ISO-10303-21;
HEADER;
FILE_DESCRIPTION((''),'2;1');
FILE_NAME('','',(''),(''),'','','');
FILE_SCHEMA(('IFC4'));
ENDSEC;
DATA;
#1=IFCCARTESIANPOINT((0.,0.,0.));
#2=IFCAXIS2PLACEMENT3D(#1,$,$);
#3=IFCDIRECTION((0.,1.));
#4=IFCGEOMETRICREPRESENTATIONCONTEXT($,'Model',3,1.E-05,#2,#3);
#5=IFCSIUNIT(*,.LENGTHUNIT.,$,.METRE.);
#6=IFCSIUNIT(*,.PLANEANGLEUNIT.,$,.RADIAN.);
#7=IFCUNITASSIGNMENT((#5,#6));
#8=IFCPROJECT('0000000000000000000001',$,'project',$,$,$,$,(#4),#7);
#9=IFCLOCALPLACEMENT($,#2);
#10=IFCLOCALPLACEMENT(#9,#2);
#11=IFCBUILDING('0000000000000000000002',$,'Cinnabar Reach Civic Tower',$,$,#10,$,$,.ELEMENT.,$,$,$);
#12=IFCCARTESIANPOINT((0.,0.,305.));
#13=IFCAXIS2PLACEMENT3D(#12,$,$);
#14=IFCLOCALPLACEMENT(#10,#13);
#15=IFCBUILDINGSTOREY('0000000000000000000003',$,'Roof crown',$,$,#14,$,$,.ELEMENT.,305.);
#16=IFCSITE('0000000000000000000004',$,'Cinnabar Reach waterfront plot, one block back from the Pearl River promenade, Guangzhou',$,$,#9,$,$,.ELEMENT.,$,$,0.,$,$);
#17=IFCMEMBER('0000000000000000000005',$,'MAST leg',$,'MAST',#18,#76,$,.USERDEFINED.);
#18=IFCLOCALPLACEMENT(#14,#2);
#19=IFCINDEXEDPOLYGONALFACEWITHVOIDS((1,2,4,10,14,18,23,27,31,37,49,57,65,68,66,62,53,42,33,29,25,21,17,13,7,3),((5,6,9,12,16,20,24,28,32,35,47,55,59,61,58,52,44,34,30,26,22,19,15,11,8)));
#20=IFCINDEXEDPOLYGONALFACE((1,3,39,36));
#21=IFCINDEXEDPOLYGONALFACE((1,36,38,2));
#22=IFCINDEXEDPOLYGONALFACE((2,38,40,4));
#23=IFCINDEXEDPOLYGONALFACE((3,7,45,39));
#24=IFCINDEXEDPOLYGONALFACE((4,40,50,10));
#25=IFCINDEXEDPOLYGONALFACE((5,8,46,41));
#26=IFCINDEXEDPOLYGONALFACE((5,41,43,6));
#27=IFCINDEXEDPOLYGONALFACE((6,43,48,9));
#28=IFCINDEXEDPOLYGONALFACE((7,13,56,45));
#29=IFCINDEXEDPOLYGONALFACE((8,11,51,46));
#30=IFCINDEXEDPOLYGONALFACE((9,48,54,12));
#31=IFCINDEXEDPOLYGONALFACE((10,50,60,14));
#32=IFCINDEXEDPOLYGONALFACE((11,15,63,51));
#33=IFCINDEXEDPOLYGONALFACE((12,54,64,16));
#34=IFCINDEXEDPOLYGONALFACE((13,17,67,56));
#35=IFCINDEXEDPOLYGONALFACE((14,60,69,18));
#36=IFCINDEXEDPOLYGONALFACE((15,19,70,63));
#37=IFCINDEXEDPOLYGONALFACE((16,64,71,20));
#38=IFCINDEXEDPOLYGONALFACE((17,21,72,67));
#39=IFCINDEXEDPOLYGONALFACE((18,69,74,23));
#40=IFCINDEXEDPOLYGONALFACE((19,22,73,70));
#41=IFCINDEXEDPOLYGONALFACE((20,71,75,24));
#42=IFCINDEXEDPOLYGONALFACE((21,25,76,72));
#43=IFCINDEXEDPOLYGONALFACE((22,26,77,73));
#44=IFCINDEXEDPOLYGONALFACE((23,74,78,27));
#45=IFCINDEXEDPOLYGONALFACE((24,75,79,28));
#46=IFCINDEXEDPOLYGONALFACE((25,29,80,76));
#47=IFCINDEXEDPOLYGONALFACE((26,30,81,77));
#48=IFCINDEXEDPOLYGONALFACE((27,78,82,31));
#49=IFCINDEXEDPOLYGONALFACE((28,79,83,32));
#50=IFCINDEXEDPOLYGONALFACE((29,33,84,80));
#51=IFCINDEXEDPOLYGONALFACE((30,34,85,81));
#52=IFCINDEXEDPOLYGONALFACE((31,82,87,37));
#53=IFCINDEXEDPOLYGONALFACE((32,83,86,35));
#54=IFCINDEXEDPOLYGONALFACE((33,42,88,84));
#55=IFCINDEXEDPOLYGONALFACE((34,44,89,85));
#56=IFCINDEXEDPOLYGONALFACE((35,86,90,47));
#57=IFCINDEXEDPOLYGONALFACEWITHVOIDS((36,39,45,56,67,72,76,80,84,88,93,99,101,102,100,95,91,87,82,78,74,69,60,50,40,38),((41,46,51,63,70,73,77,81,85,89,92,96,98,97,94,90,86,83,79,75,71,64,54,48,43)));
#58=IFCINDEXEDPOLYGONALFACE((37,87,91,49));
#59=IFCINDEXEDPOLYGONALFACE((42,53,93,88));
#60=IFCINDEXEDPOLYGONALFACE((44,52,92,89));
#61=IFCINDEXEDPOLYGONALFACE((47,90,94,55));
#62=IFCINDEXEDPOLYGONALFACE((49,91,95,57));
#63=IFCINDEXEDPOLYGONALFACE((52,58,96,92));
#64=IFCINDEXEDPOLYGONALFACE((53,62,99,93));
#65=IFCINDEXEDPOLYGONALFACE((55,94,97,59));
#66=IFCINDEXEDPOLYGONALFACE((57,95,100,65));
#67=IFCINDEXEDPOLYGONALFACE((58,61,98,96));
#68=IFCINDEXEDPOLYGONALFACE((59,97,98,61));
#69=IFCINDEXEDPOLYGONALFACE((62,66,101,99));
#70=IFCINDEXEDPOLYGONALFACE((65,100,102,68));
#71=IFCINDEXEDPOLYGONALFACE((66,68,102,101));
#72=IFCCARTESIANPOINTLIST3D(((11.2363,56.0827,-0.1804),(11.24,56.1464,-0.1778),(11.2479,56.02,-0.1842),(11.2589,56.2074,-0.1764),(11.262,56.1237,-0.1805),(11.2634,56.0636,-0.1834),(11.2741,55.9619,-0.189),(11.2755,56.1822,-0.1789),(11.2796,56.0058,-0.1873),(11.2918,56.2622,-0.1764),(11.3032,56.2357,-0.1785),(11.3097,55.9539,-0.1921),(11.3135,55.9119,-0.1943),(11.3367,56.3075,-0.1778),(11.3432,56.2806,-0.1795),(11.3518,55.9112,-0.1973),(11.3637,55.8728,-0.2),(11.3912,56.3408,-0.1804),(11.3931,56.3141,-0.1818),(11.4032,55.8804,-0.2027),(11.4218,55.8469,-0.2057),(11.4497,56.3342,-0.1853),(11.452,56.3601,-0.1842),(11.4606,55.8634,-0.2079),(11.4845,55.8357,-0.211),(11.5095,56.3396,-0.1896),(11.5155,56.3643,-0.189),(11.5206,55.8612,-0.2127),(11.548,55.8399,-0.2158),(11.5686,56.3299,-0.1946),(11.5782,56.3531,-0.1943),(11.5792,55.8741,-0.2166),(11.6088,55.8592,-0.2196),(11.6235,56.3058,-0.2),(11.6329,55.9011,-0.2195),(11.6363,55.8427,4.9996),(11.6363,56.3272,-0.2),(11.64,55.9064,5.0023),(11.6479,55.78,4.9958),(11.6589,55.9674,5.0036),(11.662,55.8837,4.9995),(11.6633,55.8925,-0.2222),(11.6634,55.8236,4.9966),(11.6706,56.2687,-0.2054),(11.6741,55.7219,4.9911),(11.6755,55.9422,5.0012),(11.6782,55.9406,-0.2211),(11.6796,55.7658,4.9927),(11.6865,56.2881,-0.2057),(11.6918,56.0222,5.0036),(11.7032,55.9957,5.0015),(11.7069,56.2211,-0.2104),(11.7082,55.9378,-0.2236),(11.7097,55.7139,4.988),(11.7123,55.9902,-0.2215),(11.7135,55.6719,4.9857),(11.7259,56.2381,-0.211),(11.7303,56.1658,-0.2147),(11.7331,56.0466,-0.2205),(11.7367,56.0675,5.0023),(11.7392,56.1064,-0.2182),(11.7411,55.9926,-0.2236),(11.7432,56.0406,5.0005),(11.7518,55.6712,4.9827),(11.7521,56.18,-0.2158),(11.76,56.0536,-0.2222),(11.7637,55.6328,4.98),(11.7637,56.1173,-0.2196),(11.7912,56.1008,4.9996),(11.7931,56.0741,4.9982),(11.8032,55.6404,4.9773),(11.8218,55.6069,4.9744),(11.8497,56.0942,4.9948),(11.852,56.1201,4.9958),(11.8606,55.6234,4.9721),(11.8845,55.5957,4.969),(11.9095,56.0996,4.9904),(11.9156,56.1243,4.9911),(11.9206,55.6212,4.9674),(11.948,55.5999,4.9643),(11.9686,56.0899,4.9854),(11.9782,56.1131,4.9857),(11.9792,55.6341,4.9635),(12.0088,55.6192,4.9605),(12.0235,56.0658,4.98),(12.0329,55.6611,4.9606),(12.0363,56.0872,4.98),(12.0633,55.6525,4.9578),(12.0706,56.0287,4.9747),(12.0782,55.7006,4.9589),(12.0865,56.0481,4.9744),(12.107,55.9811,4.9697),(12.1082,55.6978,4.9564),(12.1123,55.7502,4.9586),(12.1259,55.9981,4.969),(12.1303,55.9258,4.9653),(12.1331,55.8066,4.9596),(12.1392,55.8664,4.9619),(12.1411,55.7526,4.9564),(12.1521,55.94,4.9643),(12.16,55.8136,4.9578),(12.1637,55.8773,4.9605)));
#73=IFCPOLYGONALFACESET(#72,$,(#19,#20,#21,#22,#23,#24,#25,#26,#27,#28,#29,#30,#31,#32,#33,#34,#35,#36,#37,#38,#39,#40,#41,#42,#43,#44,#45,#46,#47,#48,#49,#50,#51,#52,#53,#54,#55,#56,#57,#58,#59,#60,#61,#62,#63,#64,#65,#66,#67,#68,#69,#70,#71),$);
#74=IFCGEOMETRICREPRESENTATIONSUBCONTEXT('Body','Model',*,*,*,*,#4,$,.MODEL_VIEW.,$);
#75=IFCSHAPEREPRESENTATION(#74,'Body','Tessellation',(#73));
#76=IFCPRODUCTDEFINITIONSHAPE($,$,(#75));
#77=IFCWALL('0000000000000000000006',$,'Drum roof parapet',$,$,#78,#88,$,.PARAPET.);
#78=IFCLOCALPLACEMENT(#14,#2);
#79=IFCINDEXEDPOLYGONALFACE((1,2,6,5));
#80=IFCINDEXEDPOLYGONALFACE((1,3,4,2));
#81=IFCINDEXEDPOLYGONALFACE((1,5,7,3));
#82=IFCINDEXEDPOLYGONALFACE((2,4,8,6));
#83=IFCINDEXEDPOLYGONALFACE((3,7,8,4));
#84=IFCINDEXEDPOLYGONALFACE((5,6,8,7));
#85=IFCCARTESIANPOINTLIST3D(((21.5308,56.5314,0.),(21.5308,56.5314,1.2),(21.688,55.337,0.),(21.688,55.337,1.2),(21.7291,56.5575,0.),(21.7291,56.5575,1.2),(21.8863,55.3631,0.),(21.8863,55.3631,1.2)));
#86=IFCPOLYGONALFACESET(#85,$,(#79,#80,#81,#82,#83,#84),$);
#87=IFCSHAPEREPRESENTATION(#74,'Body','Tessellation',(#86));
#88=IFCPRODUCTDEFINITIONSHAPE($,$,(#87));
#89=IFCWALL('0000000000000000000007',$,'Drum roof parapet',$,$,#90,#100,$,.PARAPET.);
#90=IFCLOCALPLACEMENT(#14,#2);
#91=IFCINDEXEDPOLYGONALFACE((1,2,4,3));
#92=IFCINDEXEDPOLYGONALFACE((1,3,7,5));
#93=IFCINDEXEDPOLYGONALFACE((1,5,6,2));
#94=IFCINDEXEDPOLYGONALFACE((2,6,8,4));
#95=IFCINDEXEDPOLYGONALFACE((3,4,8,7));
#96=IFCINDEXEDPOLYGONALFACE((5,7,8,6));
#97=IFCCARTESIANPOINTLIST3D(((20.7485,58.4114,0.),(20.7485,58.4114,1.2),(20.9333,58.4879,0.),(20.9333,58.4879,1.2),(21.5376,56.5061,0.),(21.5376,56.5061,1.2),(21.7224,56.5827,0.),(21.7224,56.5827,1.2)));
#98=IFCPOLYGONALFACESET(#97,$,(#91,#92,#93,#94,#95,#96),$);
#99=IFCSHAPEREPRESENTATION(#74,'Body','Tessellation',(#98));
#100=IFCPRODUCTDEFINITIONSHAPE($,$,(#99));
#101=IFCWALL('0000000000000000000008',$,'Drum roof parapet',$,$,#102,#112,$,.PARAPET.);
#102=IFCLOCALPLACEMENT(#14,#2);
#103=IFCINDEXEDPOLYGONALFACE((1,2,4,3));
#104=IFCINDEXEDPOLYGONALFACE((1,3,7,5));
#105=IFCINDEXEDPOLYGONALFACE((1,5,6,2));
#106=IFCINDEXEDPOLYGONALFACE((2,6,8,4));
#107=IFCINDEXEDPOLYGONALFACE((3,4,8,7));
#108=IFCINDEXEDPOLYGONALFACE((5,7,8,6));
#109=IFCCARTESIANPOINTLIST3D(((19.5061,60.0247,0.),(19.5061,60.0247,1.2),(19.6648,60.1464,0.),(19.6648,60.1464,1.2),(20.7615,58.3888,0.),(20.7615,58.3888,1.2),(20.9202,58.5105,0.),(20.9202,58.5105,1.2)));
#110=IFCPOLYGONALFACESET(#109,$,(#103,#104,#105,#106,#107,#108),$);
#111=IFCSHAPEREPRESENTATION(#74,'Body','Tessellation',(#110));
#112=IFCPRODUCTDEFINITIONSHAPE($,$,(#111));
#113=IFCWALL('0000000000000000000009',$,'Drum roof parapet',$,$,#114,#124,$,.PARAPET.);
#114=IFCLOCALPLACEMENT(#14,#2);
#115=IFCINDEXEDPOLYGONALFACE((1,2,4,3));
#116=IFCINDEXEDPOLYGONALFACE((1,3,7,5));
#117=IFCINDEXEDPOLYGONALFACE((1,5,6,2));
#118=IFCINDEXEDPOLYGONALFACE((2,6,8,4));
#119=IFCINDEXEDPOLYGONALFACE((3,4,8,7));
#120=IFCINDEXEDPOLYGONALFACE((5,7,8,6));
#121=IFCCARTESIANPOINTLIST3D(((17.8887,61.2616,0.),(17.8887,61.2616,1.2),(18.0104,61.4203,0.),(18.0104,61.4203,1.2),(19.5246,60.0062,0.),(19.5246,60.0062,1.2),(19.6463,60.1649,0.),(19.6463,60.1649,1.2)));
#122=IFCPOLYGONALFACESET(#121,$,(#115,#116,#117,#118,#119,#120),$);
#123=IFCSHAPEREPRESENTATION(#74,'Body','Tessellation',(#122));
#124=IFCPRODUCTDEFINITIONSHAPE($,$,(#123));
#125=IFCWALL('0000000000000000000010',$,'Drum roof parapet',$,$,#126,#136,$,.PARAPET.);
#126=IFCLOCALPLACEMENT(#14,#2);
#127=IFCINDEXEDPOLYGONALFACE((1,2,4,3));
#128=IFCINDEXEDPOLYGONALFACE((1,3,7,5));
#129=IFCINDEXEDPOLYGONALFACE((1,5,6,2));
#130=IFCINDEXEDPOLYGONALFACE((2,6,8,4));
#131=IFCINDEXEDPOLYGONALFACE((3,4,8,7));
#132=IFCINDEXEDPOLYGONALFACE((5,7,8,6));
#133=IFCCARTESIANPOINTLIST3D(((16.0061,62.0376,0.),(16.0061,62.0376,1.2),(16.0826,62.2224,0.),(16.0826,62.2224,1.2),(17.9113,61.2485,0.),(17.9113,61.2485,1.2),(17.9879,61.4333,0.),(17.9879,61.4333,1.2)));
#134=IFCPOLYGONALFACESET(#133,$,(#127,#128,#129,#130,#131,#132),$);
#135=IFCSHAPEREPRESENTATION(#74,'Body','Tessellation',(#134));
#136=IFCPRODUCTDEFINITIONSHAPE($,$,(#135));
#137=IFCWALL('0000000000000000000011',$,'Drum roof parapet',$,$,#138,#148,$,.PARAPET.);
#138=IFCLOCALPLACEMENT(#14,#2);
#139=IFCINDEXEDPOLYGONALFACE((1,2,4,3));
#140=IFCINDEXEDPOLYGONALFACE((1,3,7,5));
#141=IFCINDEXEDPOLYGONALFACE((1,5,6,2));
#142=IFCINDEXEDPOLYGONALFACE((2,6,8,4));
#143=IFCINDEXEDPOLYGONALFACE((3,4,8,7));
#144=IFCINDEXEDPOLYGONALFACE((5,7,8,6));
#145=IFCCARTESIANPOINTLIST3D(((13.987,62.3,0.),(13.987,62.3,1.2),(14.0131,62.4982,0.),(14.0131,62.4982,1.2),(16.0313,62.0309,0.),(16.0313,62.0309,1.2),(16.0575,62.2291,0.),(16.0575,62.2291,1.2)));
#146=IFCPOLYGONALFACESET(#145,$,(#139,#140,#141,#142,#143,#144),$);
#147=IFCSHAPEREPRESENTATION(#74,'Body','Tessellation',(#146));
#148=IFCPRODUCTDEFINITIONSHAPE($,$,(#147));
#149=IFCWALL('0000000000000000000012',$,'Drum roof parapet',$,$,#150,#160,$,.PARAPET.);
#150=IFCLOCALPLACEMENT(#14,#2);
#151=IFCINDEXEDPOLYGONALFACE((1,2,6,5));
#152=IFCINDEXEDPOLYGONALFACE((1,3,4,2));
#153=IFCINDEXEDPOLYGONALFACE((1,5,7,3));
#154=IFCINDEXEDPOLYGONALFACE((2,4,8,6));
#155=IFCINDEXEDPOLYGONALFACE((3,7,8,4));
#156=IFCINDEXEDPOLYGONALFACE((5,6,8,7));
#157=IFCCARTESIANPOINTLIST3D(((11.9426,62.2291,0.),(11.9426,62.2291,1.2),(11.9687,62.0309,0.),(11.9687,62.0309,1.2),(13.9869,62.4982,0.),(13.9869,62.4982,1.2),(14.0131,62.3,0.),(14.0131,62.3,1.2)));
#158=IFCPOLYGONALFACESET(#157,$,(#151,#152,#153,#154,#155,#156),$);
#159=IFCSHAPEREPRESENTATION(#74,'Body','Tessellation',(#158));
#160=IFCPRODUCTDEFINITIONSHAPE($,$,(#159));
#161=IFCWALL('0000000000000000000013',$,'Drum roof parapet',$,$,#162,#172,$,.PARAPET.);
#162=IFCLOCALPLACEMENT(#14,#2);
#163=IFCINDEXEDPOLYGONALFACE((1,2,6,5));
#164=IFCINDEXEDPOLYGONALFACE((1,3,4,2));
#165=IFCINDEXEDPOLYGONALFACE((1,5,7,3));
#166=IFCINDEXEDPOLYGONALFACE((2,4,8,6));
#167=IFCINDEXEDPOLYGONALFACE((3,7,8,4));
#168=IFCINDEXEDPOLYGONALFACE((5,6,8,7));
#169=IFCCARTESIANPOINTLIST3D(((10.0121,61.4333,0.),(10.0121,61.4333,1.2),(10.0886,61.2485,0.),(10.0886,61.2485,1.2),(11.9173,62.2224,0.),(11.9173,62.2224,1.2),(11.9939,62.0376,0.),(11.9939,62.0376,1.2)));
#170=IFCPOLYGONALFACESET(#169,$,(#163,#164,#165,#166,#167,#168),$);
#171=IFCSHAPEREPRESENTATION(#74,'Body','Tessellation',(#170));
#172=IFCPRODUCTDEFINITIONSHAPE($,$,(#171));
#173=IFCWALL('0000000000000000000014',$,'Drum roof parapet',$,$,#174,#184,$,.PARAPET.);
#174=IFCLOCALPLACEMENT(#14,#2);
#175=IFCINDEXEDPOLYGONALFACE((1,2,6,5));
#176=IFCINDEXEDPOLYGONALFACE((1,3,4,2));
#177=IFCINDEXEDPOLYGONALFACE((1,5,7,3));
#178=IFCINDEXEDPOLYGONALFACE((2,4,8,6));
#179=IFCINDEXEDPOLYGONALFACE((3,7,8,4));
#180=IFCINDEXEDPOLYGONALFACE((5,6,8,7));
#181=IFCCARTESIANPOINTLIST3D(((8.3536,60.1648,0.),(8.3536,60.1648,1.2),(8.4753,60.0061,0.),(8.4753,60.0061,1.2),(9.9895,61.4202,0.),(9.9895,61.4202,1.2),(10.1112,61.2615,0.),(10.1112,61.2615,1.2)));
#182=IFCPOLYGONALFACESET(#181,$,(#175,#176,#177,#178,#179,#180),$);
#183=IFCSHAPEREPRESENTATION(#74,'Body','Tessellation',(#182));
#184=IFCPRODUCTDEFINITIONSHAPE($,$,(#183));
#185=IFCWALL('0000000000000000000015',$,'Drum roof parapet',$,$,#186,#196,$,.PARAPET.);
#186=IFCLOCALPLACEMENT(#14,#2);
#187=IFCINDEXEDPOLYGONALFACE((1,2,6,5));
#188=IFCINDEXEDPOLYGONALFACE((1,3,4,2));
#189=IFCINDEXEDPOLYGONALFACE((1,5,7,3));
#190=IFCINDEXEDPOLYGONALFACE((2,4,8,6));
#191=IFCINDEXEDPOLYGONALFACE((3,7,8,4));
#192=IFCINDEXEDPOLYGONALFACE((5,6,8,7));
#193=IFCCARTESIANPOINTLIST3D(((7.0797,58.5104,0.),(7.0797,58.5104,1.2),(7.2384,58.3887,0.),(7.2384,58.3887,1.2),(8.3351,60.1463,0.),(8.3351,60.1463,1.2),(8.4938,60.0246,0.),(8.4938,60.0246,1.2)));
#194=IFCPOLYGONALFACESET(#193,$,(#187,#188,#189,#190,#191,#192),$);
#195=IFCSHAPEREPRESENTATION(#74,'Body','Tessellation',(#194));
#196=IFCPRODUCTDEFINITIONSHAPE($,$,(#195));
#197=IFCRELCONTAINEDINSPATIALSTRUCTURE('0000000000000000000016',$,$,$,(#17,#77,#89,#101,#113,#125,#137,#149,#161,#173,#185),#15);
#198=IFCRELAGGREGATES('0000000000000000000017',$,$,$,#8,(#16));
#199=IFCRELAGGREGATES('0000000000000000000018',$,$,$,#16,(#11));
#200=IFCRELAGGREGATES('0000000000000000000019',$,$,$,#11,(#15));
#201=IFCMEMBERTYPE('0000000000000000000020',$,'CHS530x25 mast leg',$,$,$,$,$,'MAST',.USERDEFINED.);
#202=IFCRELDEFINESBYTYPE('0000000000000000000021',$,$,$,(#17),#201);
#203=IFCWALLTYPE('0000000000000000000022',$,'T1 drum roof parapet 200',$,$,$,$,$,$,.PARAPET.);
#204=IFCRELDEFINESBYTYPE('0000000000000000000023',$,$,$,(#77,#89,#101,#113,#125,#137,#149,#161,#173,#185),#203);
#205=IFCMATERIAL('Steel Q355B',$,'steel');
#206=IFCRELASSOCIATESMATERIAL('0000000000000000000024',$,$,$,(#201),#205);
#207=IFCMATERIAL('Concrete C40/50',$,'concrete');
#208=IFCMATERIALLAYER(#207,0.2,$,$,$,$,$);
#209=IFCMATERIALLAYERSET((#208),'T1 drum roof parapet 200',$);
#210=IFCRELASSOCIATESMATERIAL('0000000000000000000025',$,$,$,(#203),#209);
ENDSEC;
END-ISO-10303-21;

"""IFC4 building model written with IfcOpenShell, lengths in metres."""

from ifc_helpers import new_model, si_unit, direction, frame, frame_2d, origin, origin_2d, place, context, subcontext, project, spatial, rectangle, hollow_circle, extrude, material, layer, layer_set, material_profile, profile_set, type_object, element, save


model = new_model("IFC4")

# Units and contexts
model_context = context("Model", 3, precision=1e-05, world=origin(), true_north=direction((0.0, 1.0)))
body_context = subcontext(model_context, "Body", "Model", "MODEL_VIEW")
ifc_project = project(units=[si_unit("LENGTHUNIT", "METRE"), si_unit("PLANEANGLEUNIT", "RADIAN")], contexts=[model_context])

# Site, building, storey
site_placement = place(None, origin())
site = spatial("IfcSite", under=ifc_project, at=site_placement, Name="Cinnabar Reach waterfront plot, one block back from the Pearl River promenade, Guangzhou", CompositionType="ELEMENT", RefElevation=0.0)
building_placement = place(site_placement, origin())
building = spatial("IfcBuilding", under=site, at=building_placement, Name="Cinnabar Reach Civic Tower", CompositionType="ELEMENT")
storey_placement = place(building_placement, frame((0.0, 0.0, 305.0)))
storey = spatial("IfcBuildingStorey", under=building, at=storey_placement, Name="Roof crown", CompositionType="ELEMENT", Elevation=305.0)

# Member
ifc_material_1 = material(Name="Steel Q355B", Category="steel")
ifc_material_profile_1 = material_profile(ifc_material_1, hollow_circle(Radius=0.265, WallThickness=0.025, at=origin_2d()), Name="CHS530x25")
ifc_profile_set_1 = profile_set([ifc_material_profile_1], Name="Steel Q355B")
member_type_1 = type_object("IfcMemberType", Name="CHS530x25 mast leg", ElementType="MAST", PredefinedType="USERDEFINED", material=ifc_profile_set_1)
for number, where, z_axis, x_axis, name in (
    (1, (11.5, 56.1, -0.2), (0.076909, -0.046145, 0.99597), (0.514496, 0.857493, 0.0), "MAST leg"),
):
    element("IfcMember", number, at=place(storey_placement, frame(where, z_axis=z_axis, x_axis=x_axis)), inside=storey, type_object=member_type_1, Name=name, ObjectType="MAST", PredefinedType="USERDEFINED", context=body_context, shape_type="SweptSolid", body=[
        extrude(hollow_circle(Radius=0.265, WallThickness=0.025, at=origin_2d()), origin(), (0.0, 0.0, 1.0), 5.201),
    ])

# Walls
ifc_material_2 = material(Name="Concrete C40/50", Category="concrete")
ifc_layer = layer(ifc_material_2, 0.2)
ifc_layer_set = layer_set([ifc_layer], Name="T1 drum roof parapet 200")
wall_type = type_object("IfcWallType", Name="T1 drum roof parapet 200", PredefinedType="PARAPET", material=ifc_layer_set)
wall_1_placement = place(storey_placement, frame((21.7872, 55.35, 0.0), z_axis=(0.0, 0.0, 1.0), x_axis=(-0.130489, 0.99145, 0.0)))
element("IfcWall", 2, at=wall_1_placement, inside=storey, type_object=wall_type, Name="Drum roof parapet", PredefinedType="PARAPET", context=body_context, shape_type="SweptSolid", body=[
    extrude(rectangle(XDim=1.2047, YDim=0.2, at=frame_2d((0.6024, 0.0))), origin(), (0.0, 0.0, 1.0), 1.2),
])
wall_2_placement = place(storey_placement, frame((21.63, 56.5444, 0.0), z_axis=(0.0, 0.0, 1.0), x_axis=(-0.382659, 0.92389, 0.0)))
element("IfcWall", 3, at=wall_2_placement, inside=storey, type_object=wall_type, Name="Drum roof parapet", PredefinedType="PARAPET", context=body_context, shape_type="SweptSolid", body=[
    extrude(rectangle(XDim=2.0622, YDim=0.2, at=frame_2d((1.0311, 0.0))), origin(), (0.0, 0.0, 1.0), 1.2),
])
for number, where, z_axis, x_axis, name in (
    (4, (20.8409, 58.4496, 0.0), (0.0, 0.0, 1.0), (-0.608801, 0.793323, 0.0), "Drum roof parapet"),
    (5, (19.5855, 60.0855, 0.0), (0.0, 0.0, 1.0), (-0.793323, 0.608801, 0.0), "Drum roof parapet"),
):
    element("IfcWall", number, at=place(storey_placement, frame(where, z_axis=z_axis, x_axis=x_axis)), inside=storey, type_object=wall_type, Name=name, PredefinedType="PARAPET", context=body_context, shape_type="SweptSolid", body=[
        extrude(rectangle(XDim=2.0621, YDim=0.2, at=frame_2d((1.0311, 0.0))), origin(), (0.0, 0.0, 1.0), 1.2),
    ])
wall_3_placement = place(storey_placement, frame((17.9496, 61.3409, 0.0), z_axis=(0.0, 0.0, 1.0), x_axis=(-0.92389, 0.382659, 0.0)))
element("IfcWall", 6, at=wall_3_placement, inside=storey, type_object=wall_type, Name="Drum roof parapet", PredefinedType="PARAPET", context=body_context, shape_type="SweptSolid", body=[
    extrude(rectangle(XDim=2.0622, YDim=0.2, at=frame_2d((1.0311, 0.0))), origin(), (0.0, 0.0, 1.0), 1.2),
])
for number, where, z_axis, x_axis, name in (
    (7, (16.0444, 62.13, 0.0), (0.0, 0.0, 1.0), (-0.991448, 0.130502, 0.0), "Drum roof parapet"),
    (8, (14.0, 62.3991, 0.0), (0.0, 0.0, 1.0), (-0.991448, -0.130502, 0.0), "Drum roof parapet"),
):
    element("IfcWall", number, at=place(storey_placement, frame(where, z_axis=z_axis, x_axis=x_axis)), inside=storey, type_object=wall_type, Name=name, PredefinedType="PARAPET", context=body_context, shape_type="SweptSolid", body=[
        extrude(rectangle(XDim=2.062, YDim=0.2, at=frame_2d((1.031, 0.0))), origin(), (0.0, 0.0, 1.0), 1.2),
    ])
wall_4_placement = place(storey_placement, frame((11.9556, 62.13, 0.0), z_axis=(0.0, 0.0, 1.0), x_axis=(-0.92389, -0.382659, 0.0)))
element("IfcWall", 9, at=wall_4_placement, inside=storey, type_object=wall_type, Name="Drum roof parapet", PredefinedType="PARAPET", context=body_context, shape_type="SweptSolid", body=[
    extrude(rectangle(XDim=2.0622, YDim=0.2, at=frame_2d((1.0311, 0.0))), origin(), (0.0, 0.0, 1.0), 1.2),
])
for number, where, z_axis, x_axis, name in (
    (10, (10.0504, 61.3409, 0.0), (0.0, 0.0, 1.0), (-0.793323, -0.608801, 0.0), "Drum roof parapet"),
    (11, (8.4145, 60.0855, 0.0), (0.0, 0.0, 1.0), (-0.608801, -0.793323, 0.0), "Drum roof parapet"),
):
    element("IfcWall", number, at=place(storey_placement, frame(where, z_axis=z_axis, x_axis=x_axis)), inside=storey, type_object=wall_type, Name=name, PredefinedType="PARAPET", context=body_context, shape_type="SweptSolid", body=[
        extrude(rectangle(XDim=2.0621, YDim=0.2, at=frame_2d((1.0311, 0.0))), origin(), (0.0, 0.0, 1.0), 1.2),
    ])

save(model, "model.ifc")
